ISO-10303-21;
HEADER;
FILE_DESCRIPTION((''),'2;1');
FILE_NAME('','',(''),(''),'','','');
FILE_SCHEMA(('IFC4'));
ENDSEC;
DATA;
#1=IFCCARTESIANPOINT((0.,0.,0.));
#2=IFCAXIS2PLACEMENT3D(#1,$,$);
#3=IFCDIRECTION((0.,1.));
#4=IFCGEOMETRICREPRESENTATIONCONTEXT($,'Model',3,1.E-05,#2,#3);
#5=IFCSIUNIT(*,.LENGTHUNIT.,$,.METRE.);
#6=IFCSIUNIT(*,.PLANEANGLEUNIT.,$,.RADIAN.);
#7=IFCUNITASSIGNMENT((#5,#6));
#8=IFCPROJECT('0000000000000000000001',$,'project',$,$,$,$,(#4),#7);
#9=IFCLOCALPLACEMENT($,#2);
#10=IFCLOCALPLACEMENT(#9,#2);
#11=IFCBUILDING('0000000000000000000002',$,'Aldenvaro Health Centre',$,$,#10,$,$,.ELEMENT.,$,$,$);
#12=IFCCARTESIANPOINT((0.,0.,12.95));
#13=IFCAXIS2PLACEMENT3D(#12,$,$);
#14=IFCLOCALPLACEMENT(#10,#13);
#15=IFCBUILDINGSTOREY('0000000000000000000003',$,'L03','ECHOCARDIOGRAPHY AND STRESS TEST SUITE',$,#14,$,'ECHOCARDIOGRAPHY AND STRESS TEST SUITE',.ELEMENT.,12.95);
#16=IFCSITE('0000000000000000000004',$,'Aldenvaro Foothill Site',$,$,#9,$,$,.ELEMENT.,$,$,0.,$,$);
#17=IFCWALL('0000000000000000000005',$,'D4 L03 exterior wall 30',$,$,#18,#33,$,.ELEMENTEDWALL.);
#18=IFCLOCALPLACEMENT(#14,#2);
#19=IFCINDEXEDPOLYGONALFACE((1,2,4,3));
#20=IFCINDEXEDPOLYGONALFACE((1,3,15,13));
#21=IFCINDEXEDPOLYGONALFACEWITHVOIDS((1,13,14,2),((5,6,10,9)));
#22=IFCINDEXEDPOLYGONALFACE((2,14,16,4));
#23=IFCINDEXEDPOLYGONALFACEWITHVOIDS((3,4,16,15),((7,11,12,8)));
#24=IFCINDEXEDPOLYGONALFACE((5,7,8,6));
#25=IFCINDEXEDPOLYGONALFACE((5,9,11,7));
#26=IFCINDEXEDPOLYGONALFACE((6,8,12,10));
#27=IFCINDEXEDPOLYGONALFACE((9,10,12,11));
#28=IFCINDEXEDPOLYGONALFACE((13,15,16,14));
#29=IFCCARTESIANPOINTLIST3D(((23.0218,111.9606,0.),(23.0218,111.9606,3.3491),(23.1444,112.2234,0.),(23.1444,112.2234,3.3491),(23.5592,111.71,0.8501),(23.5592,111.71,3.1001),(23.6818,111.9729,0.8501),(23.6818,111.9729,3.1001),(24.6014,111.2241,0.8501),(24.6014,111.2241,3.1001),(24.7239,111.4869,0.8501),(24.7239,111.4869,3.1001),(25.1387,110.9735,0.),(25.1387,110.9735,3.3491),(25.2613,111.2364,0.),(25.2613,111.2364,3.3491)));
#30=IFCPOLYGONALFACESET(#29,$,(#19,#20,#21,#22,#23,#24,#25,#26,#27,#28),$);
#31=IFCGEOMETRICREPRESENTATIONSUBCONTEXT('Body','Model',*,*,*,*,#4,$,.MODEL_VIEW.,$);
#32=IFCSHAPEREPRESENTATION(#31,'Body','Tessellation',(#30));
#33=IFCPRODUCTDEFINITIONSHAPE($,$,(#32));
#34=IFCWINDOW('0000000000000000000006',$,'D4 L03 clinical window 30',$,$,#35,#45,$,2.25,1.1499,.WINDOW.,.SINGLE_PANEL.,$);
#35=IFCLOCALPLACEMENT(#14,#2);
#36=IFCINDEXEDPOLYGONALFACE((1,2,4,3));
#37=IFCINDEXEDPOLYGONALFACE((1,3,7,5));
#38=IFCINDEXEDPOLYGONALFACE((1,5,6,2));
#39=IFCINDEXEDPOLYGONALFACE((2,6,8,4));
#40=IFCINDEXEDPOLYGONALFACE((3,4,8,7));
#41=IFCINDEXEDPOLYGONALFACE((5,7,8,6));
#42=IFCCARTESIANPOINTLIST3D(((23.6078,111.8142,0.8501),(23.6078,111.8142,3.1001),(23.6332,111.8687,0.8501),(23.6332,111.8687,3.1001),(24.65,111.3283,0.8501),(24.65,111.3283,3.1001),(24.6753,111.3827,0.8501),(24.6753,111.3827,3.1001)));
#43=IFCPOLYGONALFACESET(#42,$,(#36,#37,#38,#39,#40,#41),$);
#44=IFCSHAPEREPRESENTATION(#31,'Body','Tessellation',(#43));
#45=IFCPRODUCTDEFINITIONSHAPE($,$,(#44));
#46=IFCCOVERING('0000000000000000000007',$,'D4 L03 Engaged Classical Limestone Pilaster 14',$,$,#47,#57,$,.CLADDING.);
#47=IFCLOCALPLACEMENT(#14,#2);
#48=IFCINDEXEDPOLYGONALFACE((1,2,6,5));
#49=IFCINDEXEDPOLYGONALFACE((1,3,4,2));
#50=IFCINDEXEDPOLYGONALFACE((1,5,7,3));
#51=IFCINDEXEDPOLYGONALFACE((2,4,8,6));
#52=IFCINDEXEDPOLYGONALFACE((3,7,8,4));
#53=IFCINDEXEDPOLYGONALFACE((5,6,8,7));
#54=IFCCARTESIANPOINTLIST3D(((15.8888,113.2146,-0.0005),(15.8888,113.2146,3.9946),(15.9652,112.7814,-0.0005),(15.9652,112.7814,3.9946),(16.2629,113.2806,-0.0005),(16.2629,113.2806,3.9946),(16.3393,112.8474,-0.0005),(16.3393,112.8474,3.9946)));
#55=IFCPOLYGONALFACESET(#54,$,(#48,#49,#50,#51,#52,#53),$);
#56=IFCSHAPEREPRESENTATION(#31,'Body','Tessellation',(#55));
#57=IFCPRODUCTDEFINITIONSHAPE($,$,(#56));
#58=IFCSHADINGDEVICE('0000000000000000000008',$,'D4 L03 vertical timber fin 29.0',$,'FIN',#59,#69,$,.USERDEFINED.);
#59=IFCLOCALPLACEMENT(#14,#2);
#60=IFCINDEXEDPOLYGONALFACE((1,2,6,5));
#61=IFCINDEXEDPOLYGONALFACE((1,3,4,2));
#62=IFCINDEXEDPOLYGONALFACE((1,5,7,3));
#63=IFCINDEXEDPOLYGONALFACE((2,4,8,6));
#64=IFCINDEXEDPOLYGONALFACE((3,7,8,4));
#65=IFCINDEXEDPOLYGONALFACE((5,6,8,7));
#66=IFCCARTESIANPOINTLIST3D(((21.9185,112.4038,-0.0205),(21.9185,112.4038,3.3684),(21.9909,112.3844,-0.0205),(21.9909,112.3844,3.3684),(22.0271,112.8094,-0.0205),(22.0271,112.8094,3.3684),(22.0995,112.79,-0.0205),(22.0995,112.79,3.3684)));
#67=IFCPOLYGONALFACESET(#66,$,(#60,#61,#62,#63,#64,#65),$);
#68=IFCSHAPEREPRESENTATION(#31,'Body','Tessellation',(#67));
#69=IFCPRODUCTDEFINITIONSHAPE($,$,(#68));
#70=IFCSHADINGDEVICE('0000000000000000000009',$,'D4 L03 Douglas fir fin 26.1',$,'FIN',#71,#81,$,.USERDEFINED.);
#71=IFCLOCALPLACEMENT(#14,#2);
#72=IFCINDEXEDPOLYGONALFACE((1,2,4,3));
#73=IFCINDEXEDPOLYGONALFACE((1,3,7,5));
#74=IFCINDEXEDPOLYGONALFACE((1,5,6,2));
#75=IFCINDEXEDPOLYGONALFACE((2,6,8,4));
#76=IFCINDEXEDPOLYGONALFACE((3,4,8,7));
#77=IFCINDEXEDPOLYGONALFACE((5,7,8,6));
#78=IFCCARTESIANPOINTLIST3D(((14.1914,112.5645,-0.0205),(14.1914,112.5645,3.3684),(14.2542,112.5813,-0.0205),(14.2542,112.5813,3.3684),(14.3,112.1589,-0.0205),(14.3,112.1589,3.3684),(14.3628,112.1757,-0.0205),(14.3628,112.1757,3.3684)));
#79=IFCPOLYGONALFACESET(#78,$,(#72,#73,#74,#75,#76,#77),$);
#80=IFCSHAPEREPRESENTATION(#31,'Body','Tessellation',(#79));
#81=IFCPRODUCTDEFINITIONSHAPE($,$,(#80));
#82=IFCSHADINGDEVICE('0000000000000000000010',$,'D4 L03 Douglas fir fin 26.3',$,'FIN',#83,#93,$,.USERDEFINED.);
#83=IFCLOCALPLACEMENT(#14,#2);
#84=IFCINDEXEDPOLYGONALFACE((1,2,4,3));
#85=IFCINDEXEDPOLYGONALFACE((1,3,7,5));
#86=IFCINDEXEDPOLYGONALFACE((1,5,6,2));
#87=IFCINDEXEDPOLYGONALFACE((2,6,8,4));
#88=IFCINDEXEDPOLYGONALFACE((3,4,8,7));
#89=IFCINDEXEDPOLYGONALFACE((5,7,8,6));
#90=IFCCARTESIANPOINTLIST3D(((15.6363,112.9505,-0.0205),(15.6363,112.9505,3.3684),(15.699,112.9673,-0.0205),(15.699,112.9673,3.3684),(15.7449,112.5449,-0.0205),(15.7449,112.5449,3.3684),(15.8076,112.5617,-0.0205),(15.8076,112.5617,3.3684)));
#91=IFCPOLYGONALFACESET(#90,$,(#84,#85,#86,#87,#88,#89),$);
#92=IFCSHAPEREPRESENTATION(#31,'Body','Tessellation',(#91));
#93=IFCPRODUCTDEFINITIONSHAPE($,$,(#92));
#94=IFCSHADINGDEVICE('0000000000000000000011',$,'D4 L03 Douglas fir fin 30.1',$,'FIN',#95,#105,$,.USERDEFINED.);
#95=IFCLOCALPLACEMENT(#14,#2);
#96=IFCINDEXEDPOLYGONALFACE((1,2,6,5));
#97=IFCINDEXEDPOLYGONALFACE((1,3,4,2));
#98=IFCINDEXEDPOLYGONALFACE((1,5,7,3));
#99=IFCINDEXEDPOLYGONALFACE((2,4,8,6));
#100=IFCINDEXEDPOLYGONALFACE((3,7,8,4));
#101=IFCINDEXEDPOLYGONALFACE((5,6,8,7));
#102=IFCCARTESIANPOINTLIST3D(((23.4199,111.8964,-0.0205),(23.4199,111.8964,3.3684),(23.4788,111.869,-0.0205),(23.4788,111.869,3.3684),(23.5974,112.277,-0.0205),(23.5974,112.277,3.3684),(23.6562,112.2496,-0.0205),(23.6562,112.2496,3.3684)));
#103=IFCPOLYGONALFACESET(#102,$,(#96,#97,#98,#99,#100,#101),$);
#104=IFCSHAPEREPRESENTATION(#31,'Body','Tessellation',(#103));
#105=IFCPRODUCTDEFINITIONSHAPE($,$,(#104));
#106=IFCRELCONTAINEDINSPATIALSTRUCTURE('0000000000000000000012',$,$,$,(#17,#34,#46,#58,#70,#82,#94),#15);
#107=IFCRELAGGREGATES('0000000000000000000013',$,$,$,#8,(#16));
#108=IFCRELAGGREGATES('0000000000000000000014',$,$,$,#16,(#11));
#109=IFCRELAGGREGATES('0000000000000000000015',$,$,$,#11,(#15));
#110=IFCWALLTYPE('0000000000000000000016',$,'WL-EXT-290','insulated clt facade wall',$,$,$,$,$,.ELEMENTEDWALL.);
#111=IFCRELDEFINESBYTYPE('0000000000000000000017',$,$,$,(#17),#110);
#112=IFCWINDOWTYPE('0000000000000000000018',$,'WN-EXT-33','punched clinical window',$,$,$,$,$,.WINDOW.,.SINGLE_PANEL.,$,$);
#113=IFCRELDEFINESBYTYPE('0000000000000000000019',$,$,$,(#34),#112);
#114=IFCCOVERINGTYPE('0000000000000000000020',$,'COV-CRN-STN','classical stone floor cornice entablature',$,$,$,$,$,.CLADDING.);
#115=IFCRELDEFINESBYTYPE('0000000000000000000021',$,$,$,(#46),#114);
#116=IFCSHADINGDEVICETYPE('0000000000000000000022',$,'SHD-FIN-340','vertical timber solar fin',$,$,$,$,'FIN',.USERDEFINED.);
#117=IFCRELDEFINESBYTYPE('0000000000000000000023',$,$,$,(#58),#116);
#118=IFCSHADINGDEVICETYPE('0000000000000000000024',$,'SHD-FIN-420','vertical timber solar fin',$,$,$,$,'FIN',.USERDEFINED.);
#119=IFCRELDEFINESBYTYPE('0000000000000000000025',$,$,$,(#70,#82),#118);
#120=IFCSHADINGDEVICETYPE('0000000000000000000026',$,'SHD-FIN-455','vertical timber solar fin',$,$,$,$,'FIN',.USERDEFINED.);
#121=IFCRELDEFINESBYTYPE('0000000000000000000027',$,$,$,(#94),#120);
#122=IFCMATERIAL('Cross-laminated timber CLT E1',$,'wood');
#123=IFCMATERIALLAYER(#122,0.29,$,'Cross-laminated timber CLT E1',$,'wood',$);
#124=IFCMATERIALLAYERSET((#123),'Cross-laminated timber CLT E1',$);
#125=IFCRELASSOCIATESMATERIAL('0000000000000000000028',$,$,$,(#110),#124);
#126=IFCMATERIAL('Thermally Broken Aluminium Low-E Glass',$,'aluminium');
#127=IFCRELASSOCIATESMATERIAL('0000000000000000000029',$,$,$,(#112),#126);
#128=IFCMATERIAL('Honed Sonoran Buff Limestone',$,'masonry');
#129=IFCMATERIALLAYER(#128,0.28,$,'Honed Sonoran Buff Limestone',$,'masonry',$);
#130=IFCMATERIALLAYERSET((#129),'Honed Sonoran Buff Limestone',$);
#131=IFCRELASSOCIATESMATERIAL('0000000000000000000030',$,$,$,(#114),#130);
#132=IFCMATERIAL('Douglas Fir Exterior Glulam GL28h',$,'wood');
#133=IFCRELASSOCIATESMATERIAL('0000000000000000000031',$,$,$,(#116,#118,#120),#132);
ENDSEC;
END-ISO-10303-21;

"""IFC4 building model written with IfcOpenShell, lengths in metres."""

from ifc_helpers import new_model, si_unit, direction, frame, frame_2d, origin, origin_2d, place, context, subcontext, project, spatial, rectangle, extrude, material, layer, layer_set, type_object, element, fill, save


model = new_model("IFC4")

# Units and contexts
model_context = context("Model", 3, precision=1e-05, world=origin(), true_north=direction((0.0, 1.0)))
body_context = subcontext(model_context, "Body", "Model", "MODEL_VIEW")
ifc_project = project(units=[si_unit("LENGTHUNIT", "METRE"), si_unit("PLANEANGLEUNIT", "RADIAN")], contexts=[model_context])

# Site, building, storey
site_placement = place(None, origin())
site = spatial("IfcSite", under=ifc_project, at=site_placement, Name="Aldenvaro Foothill Site", CompositionType="ELEMENT", RefElevation=0.0)
building_placement = place(site_placement, origin())
building = spatial("IfcBuilding", under=site, at=building_placement, Name="Aldenvaro Health Centre", CompositionType="ELEMENT")
storey_placement = place(building_placement, frame((0.0, 0.0, 12.95)))
storey = spatial("IfcBuildingStorey", under=building, at=storey_placement, Name="L03", Description="ECHOCARDIOGRAPHY AND STRESS TEST SUITE", LongName="ECHOCARDIOGRAPHY AND STRESS TEST SUITE", CompositionType="ELEMENT", Elevation=12.95)

# Shared definitions
ifc_material_1 = material(Name="Cross-laminated timber CLT E1", Category="wood")
ifc_layer_1 = layer(ifc_material_1, 0.29, Name="Cross-laminated timber CLT E1", Category="wood")
ifc_layer_set_1 = layer_set([ifc_layer_1], Name="Cross-laminated timber CLT E1")
wall_type = type_object("IfcWallType", Name="WL-EXT-290", Description="insulated clt facade wall", PredefinedType="ELEMENTEDWALL", material=ifc_layer_set_1)
ifc_material_2 = material(Name="Thermally Broken Aluminium Low-E Glass", Category="aluminium")

# Wall, opening, window
wall_1_placement = place(storey_placement, frame((23.083, 112.092, 0.0), z_axis=(0.0, 0.0, 1.0), x_axis=(0.906322, -0.422588, 0.0)))
wall_1 = element("IfcWall", 1, at=wall_1_placement, inside=storey, type_object=wall_type, Name="D4 L03 exterior wall 30", PredefinedType="ELEMENTEDWALL", context=body_context, shape_type="SweptSolid", body=[
    extrude(rectangle(XDim=2.3357, YDim=0.29, at=frame_2d((1.168, 0.0))), origin(), (0.0, 0.0, 1.0), 3.3491),
])
opening_1_placement = place(wall_1_placement, frame((0.593, 0.0, 0.8501)))
opening_1 = element("IfcOpeningElement", 2, at=opening_1_placement, cuts=wall_1, PredefinedType="OPENING", context=body_context, shape_type="SweptSolid", body=[
    extrude(rectangle(XDim=1.1499, YDim=2.25, at=frame_2d((0.575, 1.125))), frame((0.0, 0.155, 0.0), z_axis=(0.0, -1.0, 0.0), x_axis=(1.0, 0.0, 0.0)), (0.0, 0.0, 1.0), 0.3101),
])
window_type_1 = type_object("IfcWindowType", Name="WN-EXT-33", Description="punched clinical window", PartitioningType="SINGLE_PANEL", PredefinedType="WINDOW", material=ifc_material_2)
window_1_placement = place(opening_1_placement, origin())
window_1 = element("IfcWindow", 3, at=window_1_placement, inside=storey, type_object=window_type_1, Name="D4 L03 clinical window 30", OverallHeight=2.25, OverallWidth=1.1499, PartitioningType="SINGLE_PANEL", PredefinedType="WINDOW", context=body_context, shape_type="SweptSolid", body=[
    extrude(rectangle(XDim=1.1499, YDim=2.25, at=frame_2d((0.575, 1.125))), frame((0.0, 0.03, 0.0), z_axis=(0.0, -1.0, 0.0), x_axis=(1.0, 0.0, 0.0)), (0.0, 0.0, 1.0), 0.0601),
])
fill(opening_1, window_1)

# Covering
ifc_material_3 = material(Name="Honed Sonoran Buff Limestone", Category="masonry")
ifc_layer_2 = layer(ifc_material_3, 0.28, Name="Honed Sonoran Buff Limestone", Category="masonry")
ifc_layer_set_2 = layer_set([ifc_layer_2], Name="Honed Sonoran Buff Limestone")
covering_type = type_object("IfcCoveringType", Name="COV-CRN-STN", Description="classical stone floor cornice entablature", PredefinedType="CLADDING", material=ifc_layer_set_2)
covering_placement = place(storey_placement, frame((16.114, 113.031, -0.0005), z_axis=(0.0, 0.0, 1.0), x_axis=(-0.173662, 0.984805, 0.0)))
element("IfcCovering", 4, at=covering_placement, inside=storey, type_object=covering_type, Name="D4 L03 Engaged Classical Limestone Pilaster 14", PredefinedType="CLADDING", context=body_context, shape_type="SweptSolid", body=[
    extrude(rectangle(XDim=0.4399, YDim=0.3799, at=origin_2d()), origin(), (0.0, 0.0, 1.0), 3.9951),
])

# Shading devices
ifc_material_4 = material(Name="Douglas Fir Exterior Glulam GL28h", Category="wood")
shading_device_type_1 = type_object("IfcShadingDeviceType", Name="SHD-FIN-340", Description="vertical timber solar fin", ElementType="FIN", PredefinedType="USERDEFINED", material=ifc_material_4)
shading_device_1_placement = place(storey_placement, frame((22.009, 112.5969, -0.0205), z_axis=(0.0, 0.0, 1.0), x_axis=(0.965979, -0.258622, 0.0)))
element("IfcShadingDevice", 5, at=shading_device_1_placement, inside=storey, type_object=shading_device_type_1, Name="D4 L03 vertical timber fin 29.0", ObjectType="FIN", PredefinedType="USERDEFINED", context=body_context, shape_type="SweptSolid", body=[
    extrude(rectangle(XDim=0.075, YDim=0.4199, at=origin_2d()), origin(), (0.0, 0.0, 1.0), 3.3889),
])
shading_device_type_2 = type_object("IfcShadingDeviceType", Name="SHD-FIN-420", Description="vertical timber solar fin", ElementType="FIN", PredefinedType="USERDEFINED", material=ifc_material_4)
for number, where, z_axis, x_axis, name in (
    (6, (14.2771, 112.3701, -0.0205), (0.0, 0.0, 1.0), (0.965979, 0.258622, 0.0), "D4 L03 Douglas fir fin 26.1"),
    (7, (15.7219, 112.7561, -0.0205), (0.0, 0.0, 1.0), (0.965979, 0.258622, 0.0), "D4 L03 Douglas fir fin 26.3"),
):
    element("IfcShadingDevice", number, at=place(storey_placement, frame(where, z_axis=z_axis, x_axis=x_axis)), inside=storey, type_object=shading_device_type_2, Name=name, ObjectType="FIN", PredefinedType="USERDEFINED", context=body_context, shape_type="SweptSolid", body=[
        extrude(rectangle(XDim=0.0649, YDim=0.4199, at=origin_2d()), origin(), (0.0, 0.0, 1.0), 3.3889),
    ])
shading_device_type_3 = type_object("IfcShadingDeviceType", Name="SHD-FIN-455", Description="vertical timber solar fin", ElementType="FIN", PredefinedType="USERDEFINED", material=ifc_material_4)
shading_device_2_placement = place(storey_placement, frame((23.5381, 112.073, -0.0205), z_axis=(0.0, 0.0, 1.0), x_axis=(0.906336, -0.422557, 0.0)))
element("IfcShadingDevice", 8, at=shading_device_2_placement, inside=storey, type_object=shading_device_type_3, Name="D4 L03 Douglas fir fin 30.1", ObjectType="FIN", PredefinedType="USERDEFINED", context=body_context, shape_type="SweptSolid", body=[
    extrude(rectangle(XDim=0.0649, YDim=0.4199, at=origin_2d()), origin(), (0.0, 0.0, 1.0), 3.3889),
])

save(model, "model.ifc")
